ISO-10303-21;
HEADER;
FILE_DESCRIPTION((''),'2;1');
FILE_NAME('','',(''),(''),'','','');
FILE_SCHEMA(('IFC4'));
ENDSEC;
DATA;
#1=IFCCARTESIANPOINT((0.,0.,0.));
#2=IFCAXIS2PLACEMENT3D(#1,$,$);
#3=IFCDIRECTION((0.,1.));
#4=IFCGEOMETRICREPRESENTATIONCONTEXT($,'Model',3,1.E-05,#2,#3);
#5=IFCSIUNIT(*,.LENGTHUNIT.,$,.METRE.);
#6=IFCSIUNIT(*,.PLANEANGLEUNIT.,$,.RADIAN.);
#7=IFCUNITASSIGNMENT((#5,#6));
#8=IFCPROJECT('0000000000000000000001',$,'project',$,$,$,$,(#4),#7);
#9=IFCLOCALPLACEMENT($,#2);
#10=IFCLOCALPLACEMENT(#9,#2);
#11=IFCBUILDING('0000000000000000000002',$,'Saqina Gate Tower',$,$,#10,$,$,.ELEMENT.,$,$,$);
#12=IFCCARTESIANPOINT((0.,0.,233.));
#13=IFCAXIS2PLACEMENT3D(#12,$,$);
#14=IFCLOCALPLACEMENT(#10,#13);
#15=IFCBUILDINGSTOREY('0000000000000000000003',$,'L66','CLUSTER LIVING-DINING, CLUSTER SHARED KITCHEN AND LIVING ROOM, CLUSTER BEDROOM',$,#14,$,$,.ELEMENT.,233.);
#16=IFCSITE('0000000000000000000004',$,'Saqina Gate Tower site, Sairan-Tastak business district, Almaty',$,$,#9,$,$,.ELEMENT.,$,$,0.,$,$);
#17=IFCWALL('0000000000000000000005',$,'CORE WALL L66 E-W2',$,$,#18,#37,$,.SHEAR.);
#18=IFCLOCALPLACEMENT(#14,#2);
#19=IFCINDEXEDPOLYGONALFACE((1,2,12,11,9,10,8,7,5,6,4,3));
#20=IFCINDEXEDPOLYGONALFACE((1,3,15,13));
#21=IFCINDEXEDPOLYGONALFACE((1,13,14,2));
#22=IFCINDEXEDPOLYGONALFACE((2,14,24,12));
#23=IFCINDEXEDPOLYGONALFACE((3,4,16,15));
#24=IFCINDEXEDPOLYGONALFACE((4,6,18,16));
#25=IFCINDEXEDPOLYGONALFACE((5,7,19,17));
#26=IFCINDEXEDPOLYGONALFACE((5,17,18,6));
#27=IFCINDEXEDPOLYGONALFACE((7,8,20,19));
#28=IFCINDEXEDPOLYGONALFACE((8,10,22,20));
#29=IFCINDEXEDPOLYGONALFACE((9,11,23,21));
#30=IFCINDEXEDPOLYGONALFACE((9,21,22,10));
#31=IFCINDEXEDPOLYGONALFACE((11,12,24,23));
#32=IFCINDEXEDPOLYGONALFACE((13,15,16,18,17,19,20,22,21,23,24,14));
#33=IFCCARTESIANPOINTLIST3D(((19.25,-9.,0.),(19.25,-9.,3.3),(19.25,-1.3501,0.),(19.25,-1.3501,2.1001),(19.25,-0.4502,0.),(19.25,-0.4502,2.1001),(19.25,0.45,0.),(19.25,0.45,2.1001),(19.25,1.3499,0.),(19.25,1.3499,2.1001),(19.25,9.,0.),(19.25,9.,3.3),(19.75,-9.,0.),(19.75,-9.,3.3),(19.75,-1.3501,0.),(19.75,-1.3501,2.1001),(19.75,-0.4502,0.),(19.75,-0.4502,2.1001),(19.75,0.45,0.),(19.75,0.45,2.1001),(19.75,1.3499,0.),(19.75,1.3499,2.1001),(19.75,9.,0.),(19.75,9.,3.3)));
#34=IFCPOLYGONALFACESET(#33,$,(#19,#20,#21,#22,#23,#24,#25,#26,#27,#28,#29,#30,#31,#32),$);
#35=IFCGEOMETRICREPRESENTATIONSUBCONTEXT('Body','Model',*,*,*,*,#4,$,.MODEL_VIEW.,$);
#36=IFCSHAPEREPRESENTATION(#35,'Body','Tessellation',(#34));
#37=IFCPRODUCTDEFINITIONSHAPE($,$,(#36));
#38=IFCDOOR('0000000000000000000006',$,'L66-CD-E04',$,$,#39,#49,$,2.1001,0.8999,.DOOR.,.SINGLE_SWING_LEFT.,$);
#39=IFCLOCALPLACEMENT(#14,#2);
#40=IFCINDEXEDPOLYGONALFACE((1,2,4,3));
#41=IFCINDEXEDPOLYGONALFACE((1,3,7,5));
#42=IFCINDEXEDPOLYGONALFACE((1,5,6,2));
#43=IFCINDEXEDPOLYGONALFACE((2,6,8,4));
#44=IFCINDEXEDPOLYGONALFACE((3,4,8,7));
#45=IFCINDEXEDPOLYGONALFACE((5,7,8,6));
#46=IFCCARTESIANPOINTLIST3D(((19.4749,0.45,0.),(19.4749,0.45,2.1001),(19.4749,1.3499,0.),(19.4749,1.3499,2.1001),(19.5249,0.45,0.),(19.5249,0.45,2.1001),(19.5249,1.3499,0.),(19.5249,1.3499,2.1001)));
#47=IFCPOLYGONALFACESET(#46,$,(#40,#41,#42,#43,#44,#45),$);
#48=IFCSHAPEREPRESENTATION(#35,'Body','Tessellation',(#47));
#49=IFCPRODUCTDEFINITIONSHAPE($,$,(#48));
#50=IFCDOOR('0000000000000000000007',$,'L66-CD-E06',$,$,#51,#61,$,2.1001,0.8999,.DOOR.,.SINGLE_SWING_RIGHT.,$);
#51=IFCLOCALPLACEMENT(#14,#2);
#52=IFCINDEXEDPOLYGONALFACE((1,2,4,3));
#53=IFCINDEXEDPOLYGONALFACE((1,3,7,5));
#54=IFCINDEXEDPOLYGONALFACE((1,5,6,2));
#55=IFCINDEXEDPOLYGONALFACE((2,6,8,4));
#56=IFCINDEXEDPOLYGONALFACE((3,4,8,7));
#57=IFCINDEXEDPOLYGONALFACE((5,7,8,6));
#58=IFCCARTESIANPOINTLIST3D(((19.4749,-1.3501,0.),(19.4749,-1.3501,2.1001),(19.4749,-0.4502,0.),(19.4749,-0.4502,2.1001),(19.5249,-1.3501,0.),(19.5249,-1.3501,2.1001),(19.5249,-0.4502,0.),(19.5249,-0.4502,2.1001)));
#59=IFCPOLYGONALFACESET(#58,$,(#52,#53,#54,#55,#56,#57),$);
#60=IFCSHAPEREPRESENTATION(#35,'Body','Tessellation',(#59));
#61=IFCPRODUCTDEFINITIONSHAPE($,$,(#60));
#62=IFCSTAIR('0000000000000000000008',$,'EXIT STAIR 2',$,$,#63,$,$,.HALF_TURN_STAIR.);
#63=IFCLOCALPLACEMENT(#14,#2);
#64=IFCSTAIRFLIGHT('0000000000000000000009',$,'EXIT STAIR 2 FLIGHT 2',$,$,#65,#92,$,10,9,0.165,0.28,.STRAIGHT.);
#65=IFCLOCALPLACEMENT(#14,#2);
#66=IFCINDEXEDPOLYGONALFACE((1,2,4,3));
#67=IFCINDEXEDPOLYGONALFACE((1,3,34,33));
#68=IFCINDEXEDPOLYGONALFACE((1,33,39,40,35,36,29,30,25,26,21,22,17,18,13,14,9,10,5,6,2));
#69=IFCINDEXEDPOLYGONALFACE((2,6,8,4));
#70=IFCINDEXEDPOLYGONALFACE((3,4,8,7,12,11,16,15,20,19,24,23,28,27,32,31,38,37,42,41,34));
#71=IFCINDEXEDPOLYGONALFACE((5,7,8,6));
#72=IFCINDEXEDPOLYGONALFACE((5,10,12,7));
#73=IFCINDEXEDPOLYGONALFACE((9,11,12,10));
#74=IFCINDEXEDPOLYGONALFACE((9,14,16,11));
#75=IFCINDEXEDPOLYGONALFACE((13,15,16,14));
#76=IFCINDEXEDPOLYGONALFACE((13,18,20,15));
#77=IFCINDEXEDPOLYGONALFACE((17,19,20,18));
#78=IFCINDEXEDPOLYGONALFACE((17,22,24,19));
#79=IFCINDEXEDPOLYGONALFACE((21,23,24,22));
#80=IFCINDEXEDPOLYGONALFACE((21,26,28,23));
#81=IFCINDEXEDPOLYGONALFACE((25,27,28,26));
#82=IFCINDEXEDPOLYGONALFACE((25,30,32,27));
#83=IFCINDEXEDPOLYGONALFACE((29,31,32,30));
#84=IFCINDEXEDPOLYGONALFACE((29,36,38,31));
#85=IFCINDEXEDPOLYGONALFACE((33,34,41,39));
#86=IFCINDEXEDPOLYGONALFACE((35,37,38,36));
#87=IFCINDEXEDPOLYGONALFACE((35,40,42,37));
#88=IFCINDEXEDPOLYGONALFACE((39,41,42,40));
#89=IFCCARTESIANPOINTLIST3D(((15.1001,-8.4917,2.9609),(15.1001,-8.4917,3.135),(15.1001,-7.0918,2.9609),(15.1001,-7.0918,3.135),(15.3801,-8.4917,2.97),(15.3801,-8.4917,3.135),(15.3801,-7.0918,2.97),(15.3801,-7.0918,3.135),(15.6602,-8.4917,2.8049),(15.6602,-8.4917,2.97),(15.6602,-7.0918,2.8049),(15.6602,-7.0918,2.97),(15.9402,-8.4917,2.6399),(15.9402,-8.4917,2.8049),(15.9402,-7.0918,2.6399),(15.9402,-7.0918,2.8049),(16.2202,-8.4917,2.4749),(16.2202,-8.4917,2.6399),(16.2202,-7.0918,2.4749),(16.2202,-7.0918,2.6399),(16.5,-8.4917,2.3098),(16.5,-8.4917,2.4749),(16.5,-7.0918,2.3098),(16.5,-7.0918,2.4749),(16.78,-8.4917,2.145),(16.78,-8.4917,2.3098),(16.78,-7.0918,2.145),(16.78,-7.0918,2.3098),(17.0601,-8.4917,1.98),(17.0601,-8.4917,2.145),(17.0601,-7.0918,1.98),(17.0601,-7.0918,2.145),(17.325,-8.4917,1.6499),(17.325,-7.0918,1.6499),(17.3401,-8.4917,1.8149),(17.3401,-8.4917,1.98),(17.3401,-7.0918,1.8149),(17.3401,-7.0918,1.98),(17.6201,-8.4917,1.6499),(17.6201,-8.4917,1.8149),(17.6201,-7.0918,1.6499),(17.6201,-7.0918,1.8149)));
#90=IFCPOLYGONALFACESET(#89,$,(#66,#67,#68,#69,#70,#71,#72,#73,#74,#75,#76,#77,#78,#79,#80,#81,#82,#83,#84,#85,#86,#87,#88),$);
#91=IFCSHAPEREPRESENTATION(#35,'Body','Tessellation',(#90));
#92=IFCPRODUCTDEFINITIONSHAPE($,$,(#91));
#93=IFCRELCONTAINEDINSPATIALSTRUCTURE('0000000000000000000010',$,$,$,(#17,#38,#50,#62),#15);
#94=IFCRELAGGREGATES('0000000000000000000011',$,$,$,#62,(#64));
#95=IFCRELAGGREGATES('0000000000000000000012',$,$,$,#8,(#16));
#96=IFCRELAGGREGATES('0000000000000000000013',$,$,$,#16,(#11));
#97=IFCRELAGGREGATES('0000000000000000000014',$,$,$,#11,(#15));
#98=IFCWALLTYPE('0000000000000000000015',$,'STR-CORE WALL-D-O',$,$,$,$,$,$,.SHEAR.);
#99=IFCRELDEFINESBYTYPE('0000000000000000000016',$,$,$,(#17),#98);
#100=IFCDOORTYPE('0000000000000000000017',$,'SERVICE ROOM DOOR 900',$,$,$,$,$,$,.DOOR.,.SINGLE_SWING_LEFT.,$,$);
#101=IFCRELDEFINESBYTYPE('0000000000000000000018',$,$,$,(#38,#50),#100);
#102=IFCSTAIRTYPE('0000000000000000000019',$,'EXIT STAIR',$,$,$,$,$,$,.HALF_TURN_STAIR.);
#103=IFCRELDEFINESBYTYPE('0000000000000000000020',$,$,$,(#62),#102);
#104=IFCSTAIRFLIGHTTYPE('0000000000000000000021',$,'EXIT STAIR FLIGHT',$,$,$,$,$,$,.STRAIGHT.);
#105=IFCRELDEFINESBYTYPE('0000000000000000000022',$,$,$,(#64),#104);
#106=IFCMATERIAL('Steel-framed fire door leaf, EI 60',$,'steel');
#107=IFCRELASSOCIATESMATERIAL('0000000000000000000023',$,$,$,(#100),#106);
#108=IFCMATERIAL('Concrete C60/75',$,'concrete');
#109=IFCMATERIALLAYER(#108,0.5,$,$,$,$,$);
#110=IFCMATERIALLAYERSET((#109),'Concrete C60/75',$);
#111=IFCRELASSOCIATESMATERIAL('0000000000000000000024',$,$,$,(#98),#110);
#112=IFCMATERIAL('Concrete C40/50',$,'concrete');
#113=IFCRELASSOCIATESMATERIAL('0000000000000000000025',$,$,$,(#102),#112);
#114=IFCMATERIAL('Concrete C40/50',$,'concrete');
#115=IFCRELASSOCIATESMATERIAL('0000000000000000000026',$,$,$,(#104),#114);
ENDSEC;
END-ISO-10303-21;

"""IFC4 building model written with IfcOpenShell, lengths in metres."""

from ifc_helpers import new_model, si_unit, direction, frame, frame_2d, origin, place, context, subcontext, project, spatial, polyline, rectangle, outline, extrude, material, layer, layer_set, type_object, element, fill, aggregate, save


model = new_model("IFC4")

# Units and contexts
model_context = context("Model", 3, precision=1e-05, world=origin(), true_north=direction((0.0, 1.0)))
body_context = subcontext(model_context, "Body", "Model", "MODEL_VIEW")
ifc_project = project(units=[si_unit("LENGTHUNIT", "METRE"), si_unit("PLANEANGLEUNIT", "RADIAN")], contexts=[model_context])

# Site, building, storey
site_placement = place(None, origin())
site = spatial("IfcSite", under=ifc_project, at=site_placement, Name="Saqina Gate Tower site, Sairan-Tastak business district, Almaty", CompositionType="ELEMENT", RefElevation=0.0)
building_placement = place(site_placement, origin())
building = spatial("IfcBuilding", under=site, at=building_placement, Name="Saqina Gate Tower", CompositionType="ELEMENT")
storey_placement = place(building_placement, frame((0.0, 0.0, 233.0)))
storey = spatial("IfcBuildingStorey", under=building, at=storey_placement, Name="L66", Description="CLUSTER LIVING-DINING, CLUSTER SHARED KITCHEN AND LIVING ROOM, CLUSTER BEDROOM", CompositionType="ELEMENT", Elevation=233.0)

# Shared definitions
ifc_material_1 = material(Name="Steel-framed fire door leaf, EI 60", Category="steel")
door_type_1 = type_object("IfcDoorType", Name="SERVICE ROOM DOOR 900", OperationType="SINGLE_SWING_LEFT", PredefinedType="DOOR", material=ifc_material_1)

# Wall, openings, doors
ifc_material_2 = material(Name="Concrete C60/75", Category="concrete")
ifc_layer_1 = layer(ifc_material_2, 0.5)
ifc_layer_set_1 = layer_set([ifc_layer_1], Name="Concrete C60/75")
wall_type_1 = type_object("IfcWallType", Name="STR-CORE WALL-D-O", PredefinedType="SHEAR", material=ifc_layer_set_1)
wall_1_placement = place(storey_placement, frame((19.5, -9.0, 0.0), z_axis=(0.0, 0.0, 1.0), x_axis=(0.0, 1.0, 0.0)))
wall_1 = element("IfcWall", 1, at=wall_1_placement, inside=storey, type_object=wall_type_1, Name="CORE WALL L66 E-W2", PredefinedType="SHEAR", context=body_context, shape_type="SweptSolid", body=[
    extrude(rectangle(XDim=18.0, YDim=0.5, at=frame_2d((9.0, 0.0))), origin(), (0.0, 0.0, 1.0), 3.3),
])
opening_1_placement = place(wall_1_placement, frame((9.45, 0.0, 0.0)))
opening_1 = element("IfcOpeningElement", 2, at=opening_1_placement, cuts=wall_1, PredefinedType="OPENING", context=body_context, shape_type="SweptSolid", body=[
    extrude(rectangle(XDim=0.8999, YDim=2.1001, at=frame_2d((0.45, 1.05))), frame((0.0, 0.262, 0.0), z_axis=(0.0, -1.0, 0.0), x_axis=(1.0, 0.0, 0.0)), (0.0, 0.0, 1.0), 0.5239),
])
opening_2_placement = place(wall_1_placement, frame((7.6499, 0.0, 0.0)))
opening_2 = element("IfcOpeningElement", 3, at=opening_2_placement, cuts=wall_1, PredefinedType="OPENING", context=body_context, shape_type="SweptSolid", body=[
    extrude(rectangle(XDim=0.8999, YDim=2.1001, at=frame_2d((0.45, 1.05))), frame((0.0, 0.262, 0.0), z_axis=(0.0, -1.0, 0.0), x_axis=(1.0, 0.0, 0.0)), (0.0, 0.0, 1.0), 0.5239),
])
door_1_placement = place(opening_1_placement, frame((0.8999, 0.0, 0.0), z_axis=(0.0, 0.0, 1.0), x_axis=(-1.0, 0.0, 0.0)))
door_1 = element("IfcDoor", 4, at=door_1_placement, inside=storey, type_object=door_type_1, Name="L66-CD-E04", OperationType="SINGLE_SWING_LEFT", OverallHeight=2.1001, OverallWidth=0.8999, PredefinedType="DOOR", context=body_context, shape_type="SweptSolid", body=[
    extrude(rectangle(XDim=0.8999, YDim=2.1001, at=frame_2d((0.45, 1.05))), frame((0.0, 0.0249, 0.0), z_axis=(0.0, -1.0, 0.0), x_axis=(1.0, 0.0, 0.0)), (0.0, 0.0, 1.0), 0.05),
])
fill(opening_1, door_1)
door_2_placement = place(opening_2_placement, frame((0.8999, 0.0, 0.0), z_axis=(0.0, 0.0, 1.0), x_axis=(-1.0, 0.0, 0.0)))
door_2 = element("IfcDoor", 5, at=door_2_placement, inside=storey, type_object=door_type_1, Name="L66-CD-E06", OperationType="SINGLE_SWING_RIGHT", OverallHeight=2.1001, OverallWidth=0.8999, PredefinedType="DOOR", context=body_context, shape_type="SweptSolid", body=[
    extrude(rectangle(XDim=0.8999, YDim=2.1001, at=frame_2d((0.45, 1.05))), frame((0.0, 0.0249, 0.0), z_axis=(0.0, -1.0, 0.0), x_axis=(1.0, 0.0, 0.0)), (0.0, 0.0, 1.0), 0.05),
])
fill(opening_2, door_2)

# Stair, stair flight
ifc_material_3 = material(Name="Concrete C40/50", Category="concrete")
stair_type = type_object("IfcStairType", Name="EXIT STAIR", PredefinedType="HALF_TURN_STAIR", material=ifc_material_3)
stair_placement = place(storey_placement, origin())
stair = element("IfcStair", 6, at=stair_placement, inside=storey, type_object=stair_type, Name="EXIT STAIR 2", PredefinedType="HALF_TURN_STAIR")
ifc_material_4 = material(Name="Concrete C40/50", Category="concrete")
stair_flight_type = type_object("IfcStairFlightType", Name="EXIT STAIR FLIGHT", PredefinedType="STRAIGHT", material=ifc_material_4)
stair_flight_placement = place(storey_placement, frame((17.6201, -7.7917, 1.6499), z_axis=(0.0, 0.0, 1.0), x_axis=(-1.0, 0.0, 0.0)))
stair_flight = element("IfcStairFlight", 7, at=stair_flight_placement, type_object=stair_flight_type, Name="EXIT STAIR 2 FLIGHT 2", NumberOfRisers=10, NumberOfTreads=9, PredefinedType="STRAIGHT", RiserHeight=0.165, TreadLength=0.28, context=body_context, shape_type="SweptSolid", body=[
    extrude(outline(polyline([(0.0, 0.0), (0.0, 0.165), (0.28, 0.165), (0.28, 0.3301), (0.5601, 0.3301), (0.5601, 0.4951), (0.8401, 0.4951), (0.8401, 0.6599), (1.1201, 0.6599), (1.1201, 0.825), (1.3999, 0.825), (1.3999, 0.99), (1.6799, 0.99), (1.6799, 1.155), (1.96, 1.155), (1.96, 1.3201), (2.24, 1.3201), (2.24, 1.4851), (2.52, 1.4851), (2.52, 1.6499), (2.52, 1.311), (0.2952, 0.0), (0.0, 0.0)])), frame((0.0, 0.7, 0.0), z_axis=(0.0, -1.0, 0.0), x_axis=(1.0, 0.0, 0.0)), (0.0, 0.0, 1.0), 1.3999),
])
aggregate(stair, [stair_flight])

save(model, "model.ifc")
